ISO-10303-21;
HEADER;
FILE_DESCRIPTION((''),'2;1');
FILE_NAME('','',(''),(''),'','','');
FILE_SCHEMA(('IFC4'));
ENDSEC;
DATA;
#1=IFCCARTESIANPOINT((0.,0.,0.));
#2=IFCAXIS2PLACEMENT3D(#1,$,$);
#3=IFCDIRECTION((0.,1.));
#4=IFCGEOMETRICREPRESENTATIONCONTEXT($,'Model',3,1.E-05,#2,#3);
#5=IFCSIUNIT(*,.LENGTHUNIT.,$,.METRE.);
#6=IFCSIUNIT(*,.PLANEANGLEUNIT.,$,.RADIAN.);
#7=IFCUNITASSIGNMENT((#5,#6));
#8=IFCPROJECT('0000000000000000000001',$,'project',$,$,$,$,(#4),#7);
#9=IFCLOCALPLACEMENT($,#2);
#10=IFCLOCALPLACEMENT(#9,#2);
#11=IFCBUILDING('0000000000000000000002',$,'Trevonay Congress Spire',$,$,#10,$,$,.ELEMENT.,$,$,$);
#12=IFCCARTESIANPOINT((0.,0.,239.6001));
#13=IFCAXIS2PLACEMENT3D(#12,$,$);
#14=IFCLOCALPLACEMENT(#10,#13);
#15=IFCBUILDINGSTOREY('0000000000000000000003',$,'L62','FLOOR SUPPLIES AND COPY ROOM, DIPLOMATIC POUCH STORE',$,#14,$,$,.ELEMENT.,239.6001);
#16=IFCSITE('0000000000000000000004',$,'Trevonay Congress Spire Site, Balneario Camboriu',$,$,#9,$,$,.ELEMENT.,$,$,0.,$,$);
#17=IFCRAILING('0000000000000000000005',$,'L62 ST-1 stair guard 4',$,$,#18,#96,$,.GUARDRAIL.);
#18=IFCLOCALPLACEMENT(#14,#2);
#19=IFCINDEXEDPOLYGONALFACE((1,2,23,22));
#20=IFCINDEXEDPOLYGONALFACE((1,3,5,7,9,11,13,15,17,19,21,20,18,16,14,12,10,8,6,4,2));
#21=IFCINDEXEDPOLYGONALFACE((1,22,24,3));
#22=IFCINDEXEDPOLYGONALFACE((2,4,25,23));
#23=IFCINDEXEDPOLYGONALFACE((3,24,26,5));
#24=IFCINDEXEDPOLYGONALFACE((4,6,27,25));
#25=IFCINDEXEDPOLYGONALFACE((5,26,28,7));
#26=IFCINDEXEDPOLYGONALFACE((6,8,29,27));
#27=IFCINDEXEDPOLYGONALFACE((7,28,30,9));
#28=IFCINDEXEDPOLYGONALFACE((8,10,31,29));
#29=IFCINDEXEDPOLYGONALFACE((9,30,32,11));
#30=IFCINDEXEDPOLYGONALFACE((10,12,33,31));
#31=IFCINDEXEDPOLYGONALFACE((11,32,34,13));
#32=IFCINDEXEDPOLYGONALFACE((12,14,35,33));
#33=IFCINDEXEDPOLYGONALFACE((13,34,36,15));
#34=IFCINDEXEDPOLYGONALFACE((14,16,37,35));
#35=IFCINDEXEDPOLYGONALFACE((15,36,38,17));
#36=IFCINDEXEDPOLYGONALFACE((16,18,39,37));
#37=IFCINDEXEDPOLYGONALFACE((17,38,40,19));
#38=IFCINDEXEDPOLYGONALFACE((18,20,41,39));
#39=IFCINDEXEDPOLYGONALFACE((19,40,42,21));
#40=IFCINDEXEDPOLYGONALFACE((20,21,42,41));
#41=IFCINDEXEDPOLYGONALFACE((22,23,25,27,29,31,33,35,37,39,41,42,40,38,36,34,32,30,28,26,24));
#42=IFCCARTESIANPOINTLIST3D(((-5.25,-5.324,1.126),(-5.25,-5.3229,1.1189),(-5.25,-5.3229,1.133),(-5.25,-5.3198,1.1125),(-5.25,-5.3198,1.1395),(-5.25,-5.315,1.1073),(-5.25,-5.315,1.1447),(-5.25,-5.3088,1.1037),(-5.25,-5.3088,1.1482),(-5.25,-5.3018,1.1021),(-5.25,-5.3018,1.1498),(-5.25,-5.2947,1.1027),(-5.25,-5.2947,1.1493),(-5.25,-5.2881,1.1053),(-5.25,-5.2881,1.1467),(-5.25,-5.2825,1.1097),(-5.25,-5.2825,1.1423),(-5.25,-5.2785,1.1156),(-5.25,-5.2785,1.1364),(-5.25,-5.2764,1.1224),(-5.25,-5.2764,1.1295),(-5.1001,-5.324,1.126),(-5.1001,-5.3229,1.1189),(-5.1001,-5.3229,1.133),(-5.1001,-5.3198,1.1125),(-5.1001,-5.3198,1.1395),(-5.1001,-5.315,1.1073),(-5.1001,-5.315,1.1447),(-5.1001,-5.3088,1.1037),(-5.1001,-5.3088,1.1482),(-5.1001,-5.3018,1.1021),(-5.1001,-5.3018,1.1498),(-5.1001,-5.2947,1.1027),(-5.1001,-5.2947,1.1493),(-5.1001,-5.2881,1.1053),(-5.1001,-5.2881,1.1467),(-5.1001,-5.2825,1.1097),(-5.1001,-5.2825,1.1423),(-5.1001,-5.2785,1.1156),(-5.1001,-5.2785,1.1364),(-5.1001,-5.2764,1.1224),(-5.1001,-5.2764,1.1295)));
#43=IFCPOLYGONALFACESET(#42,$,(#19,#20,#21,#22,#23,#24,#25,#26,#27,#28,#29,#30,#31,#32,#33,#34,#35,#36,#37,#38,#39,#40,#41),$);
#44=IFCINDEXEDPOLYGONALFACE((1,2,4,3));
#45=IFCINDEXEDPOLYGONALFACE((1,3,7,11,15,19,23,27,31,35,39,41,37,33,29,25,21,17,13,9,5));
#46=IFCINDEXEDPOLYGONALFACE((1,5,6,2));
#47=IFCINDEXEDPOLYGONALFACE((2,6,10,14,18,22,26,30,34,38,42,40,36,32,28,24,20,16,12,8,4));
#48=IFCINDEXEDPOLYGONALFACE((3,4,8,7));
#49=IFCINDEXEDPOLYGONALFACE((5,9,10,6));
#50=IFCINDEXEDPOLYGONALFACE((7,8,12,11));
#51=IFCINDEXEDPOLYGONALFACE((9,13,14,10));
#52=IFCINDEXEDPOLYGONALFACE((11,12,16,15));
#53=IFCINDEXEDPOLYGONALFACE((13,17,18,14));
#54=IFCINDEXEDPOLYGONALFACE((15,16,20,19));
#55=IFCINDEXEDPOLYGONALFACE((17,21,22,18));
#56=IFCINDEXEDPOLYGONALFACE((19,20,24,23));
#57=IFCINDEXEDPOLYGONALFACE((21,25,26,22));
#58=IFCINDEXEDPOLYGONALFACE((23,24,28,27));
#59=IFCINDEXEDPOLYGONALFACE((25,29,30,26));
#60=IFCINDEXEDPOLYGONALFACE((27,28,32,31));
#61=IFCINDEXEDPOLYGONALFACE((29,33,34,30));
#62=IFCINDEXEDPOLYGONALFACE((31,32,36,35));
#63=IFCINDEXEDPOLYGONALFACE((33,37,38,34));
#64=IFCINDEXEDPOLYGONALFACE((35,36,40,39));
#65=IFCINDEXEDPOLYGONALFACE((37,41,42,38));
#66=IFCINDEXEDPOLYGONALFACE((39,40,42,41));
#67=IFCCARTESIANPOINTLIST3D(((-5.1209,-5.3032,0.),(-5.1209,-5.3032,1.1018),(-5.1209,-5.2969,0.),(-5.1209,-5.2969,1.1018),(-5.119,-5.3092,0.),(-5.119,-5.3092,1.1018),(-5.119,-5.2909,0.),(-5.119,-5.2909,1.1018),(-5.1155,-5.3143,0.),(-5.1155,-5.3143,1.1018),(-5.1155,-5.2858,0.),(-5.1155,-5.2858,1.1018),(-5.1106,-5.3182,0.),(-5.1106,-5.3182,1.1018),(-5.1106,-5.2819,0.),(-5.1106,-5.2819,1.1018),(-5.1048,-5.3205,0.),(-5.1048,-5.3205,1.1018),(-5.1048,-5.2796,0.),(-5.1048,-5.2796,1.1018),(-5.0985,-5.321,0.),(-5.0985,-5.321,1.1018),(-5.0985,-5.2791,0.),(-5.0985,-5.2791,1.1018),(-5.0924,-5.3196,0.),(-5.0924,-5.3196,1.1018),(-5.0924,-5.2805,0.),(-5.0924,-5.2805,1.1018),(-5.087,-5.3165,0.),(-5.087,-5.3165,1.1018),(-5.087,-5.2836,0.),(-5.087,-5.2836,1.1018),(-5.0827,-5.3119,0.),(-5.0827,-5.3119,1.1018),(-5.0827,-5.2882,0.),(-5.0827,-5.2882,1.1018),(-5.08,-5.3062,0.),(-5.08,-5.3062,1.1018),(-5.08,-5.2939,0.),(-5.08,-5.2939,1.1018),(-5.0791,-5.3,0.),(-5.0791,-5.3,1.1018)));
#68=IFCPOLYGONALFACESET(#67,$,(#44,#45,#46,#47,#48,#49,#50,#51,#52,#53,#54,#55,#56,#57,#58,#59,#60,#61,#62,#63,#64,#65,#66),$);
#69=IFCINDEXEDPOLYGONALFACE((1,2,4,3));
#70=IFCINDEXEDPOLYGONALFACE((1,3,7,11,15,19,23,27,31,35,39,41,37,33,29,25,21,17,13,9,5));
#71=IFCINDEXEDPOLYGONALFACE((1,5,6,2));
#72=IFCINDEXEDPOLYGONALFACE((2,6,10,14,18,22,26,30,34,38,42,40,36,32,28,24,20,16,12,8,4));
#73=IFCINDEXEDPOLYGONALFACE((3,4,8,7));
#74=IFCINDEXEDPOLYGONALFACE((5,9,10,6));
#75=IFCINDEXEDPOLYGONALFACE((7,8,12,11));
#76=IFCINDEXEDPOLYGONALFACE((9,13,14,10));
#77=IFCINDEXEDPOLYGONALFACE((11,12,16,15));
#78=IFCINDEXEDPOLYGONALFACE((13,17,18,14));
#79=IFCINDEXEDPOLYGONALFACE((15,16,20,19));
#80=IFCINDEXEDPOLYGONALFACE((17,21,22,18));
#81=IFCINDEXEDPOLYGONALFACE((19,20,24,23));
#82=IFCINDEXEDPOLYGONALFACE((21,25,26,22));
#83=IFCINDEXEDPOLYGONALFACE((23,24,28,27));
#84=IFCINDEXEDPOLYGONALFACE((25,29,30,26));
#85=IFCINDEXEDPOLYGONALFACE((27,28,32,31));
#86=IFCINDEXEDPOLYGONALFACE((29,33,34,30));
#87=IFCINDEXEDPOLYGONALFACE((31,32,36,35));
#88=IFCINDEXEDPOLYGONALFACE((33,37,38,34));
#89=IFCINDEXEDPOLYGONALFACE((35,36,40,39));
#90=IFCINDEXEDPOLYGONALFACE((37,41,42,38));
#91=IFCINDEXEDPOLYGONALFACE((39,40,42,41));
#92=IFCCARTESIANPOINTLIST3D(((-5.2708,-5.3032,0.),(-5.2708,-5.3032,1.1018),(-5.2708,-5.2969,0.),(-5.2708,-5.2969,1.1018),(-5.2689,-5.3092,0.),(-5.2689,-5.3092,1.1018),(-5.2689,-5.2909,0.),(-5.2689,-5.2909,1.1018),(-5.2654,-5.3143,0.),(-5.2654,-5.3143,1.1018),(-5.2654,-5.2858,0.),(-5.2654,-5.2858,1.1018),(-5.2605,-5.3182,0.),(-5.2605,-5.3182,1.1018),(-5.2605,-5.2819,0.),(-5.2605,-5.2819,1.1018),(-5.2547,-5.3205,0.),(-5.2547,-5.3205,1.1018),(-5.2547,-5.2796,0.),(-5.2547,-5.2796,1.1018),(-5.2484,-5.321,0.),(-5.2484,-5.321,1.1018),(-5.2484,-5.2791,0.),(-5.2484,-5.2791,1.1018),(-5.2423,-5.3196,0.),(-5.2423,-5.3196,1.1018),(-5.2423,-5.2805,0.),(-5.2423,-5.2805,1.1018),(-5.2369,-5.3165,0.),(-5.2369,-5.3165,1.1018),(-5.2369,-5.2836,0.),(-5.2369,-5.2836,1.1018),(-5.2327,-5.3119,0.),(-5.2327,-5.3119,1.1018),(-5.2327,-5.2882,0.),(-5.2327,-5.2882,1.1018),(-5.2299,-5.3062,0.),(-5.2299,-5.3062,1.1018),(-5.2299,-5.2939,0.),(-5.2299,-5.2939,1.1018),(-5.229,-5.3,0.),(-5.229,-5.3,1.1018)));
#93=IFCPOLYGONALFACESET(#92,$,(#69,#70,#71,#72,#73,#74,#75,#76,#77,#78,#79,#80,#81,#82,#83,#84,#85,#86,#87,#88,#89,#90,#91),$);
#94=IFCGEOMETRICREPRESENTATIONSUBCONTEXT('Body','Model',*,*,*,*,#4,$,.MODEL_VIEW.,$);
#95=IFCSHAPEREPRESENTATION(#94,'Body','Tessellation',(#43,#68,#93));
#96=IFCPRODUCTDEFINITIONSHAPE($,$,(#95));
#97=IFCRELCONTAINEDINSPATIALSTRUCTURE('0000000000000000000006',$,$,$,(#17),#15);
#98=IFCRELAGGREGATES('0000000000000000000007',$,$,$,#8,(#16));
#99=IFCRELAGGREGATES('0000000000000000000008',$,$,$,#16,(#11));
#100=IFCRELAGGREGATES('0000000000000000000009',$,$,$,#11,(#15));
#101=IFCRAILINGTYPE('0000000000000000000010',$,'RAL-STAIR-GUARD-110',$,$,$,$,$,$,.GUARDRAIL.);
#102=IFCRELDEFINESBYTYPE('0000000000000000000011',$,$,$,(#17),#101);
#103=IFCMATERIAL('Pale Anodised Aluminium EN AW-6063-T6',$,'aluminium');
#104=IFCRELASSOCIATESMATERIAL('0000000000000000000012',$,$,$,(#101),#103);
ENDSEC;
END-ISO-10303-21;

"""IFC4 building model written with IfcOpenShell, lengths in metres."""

from ifc_helpers import new_model, si_unit, direction, frame, origin, origin_2d, place, context, subcontext, project, spatial, circle, extrude, material, type_object, element, save


model = new_model("IFC4")

# Units and contexts
model_context = context("Model", 3, precision=1e-05, world=origin(), true_north=direction((0.0, 1.0)))
body_context = subcontext(model_context, "Body", "Model", "MODEL_VIEW")
ifc_project = project(units=[si_unit("LENGTHUNIT", "METRE"), si_unit("PLANEANGLEUNIT", "RADIAN")], contexts=[model_context])

# Site, building, storey
site_placement = place(None, origin())
site = spatial("IfcSite", under=ifc_project, at=site_placement, Name="Trevonay Congress Spire Site, Balneario Camboriu", CompositionType="ELEMENT", RefElevation=0.0)
building_placement = place(site_placement, origin())
building = spatial("IfcBuilding", under=site, at=building_placement, Name="Trevonay Congress Spire", CompositionType="ELEMENT")
storey_placement = place(building_placement, frame((0.0, 0.0, 239.6001)))
storey = spatial("IfcBuildingStorey", under=building, at=storey_placement, Name="L62", Description="FLOOR SUPPLIES AND COPY ROOM, DIPLOMATIC POUCH STORE", CompositionType="ELEMENT", Elevation=239.6001)

# Shared definitions
ifc_material_1 = material(Name="Pale Anodised Aluminium EN AW-6063-T6", Category="aluminium")

# Railing
railing_type_1 = type_object("IfcRailingType", Name="RAL-STAIR-GUARD-110", PredefinedType="GUARDRAIL", material=ifc_material_1)
railing_1_placement = place(storey_placement, frame((-5.1001, -5.3, 0.0)))
element("IfcRailing", 1, at=railing_1_placement, inside=storey, type_object=railing_type_1, Name="L62 ST-1 stair guard 4", PredefinedType="GUARDRAIL", context=body_context, shape_type="SweptSolid", body=[
    extrude(circle(Radius=0.0239, at=origin_2d()), frame((0.0, 0.0, 1.126), z_axis=(-1.0, 0.0, 0.0), x_axis=(0.0, -1.0, 0.0)), (0.0, 0.0, 1.0), 0.1499),
    extrude(circle(Radius=0.021, at=origin_2d()), origin(), (0.0, 0.0, 1.0), 1.1018),
    extrude(circle(Radius=0.021, at=origin_2d()), frame((-0.1499, 0.0, 0.0)), (0.0, 0.0, 1.0), 1.1018),
])

save(model, "model.ifc")
